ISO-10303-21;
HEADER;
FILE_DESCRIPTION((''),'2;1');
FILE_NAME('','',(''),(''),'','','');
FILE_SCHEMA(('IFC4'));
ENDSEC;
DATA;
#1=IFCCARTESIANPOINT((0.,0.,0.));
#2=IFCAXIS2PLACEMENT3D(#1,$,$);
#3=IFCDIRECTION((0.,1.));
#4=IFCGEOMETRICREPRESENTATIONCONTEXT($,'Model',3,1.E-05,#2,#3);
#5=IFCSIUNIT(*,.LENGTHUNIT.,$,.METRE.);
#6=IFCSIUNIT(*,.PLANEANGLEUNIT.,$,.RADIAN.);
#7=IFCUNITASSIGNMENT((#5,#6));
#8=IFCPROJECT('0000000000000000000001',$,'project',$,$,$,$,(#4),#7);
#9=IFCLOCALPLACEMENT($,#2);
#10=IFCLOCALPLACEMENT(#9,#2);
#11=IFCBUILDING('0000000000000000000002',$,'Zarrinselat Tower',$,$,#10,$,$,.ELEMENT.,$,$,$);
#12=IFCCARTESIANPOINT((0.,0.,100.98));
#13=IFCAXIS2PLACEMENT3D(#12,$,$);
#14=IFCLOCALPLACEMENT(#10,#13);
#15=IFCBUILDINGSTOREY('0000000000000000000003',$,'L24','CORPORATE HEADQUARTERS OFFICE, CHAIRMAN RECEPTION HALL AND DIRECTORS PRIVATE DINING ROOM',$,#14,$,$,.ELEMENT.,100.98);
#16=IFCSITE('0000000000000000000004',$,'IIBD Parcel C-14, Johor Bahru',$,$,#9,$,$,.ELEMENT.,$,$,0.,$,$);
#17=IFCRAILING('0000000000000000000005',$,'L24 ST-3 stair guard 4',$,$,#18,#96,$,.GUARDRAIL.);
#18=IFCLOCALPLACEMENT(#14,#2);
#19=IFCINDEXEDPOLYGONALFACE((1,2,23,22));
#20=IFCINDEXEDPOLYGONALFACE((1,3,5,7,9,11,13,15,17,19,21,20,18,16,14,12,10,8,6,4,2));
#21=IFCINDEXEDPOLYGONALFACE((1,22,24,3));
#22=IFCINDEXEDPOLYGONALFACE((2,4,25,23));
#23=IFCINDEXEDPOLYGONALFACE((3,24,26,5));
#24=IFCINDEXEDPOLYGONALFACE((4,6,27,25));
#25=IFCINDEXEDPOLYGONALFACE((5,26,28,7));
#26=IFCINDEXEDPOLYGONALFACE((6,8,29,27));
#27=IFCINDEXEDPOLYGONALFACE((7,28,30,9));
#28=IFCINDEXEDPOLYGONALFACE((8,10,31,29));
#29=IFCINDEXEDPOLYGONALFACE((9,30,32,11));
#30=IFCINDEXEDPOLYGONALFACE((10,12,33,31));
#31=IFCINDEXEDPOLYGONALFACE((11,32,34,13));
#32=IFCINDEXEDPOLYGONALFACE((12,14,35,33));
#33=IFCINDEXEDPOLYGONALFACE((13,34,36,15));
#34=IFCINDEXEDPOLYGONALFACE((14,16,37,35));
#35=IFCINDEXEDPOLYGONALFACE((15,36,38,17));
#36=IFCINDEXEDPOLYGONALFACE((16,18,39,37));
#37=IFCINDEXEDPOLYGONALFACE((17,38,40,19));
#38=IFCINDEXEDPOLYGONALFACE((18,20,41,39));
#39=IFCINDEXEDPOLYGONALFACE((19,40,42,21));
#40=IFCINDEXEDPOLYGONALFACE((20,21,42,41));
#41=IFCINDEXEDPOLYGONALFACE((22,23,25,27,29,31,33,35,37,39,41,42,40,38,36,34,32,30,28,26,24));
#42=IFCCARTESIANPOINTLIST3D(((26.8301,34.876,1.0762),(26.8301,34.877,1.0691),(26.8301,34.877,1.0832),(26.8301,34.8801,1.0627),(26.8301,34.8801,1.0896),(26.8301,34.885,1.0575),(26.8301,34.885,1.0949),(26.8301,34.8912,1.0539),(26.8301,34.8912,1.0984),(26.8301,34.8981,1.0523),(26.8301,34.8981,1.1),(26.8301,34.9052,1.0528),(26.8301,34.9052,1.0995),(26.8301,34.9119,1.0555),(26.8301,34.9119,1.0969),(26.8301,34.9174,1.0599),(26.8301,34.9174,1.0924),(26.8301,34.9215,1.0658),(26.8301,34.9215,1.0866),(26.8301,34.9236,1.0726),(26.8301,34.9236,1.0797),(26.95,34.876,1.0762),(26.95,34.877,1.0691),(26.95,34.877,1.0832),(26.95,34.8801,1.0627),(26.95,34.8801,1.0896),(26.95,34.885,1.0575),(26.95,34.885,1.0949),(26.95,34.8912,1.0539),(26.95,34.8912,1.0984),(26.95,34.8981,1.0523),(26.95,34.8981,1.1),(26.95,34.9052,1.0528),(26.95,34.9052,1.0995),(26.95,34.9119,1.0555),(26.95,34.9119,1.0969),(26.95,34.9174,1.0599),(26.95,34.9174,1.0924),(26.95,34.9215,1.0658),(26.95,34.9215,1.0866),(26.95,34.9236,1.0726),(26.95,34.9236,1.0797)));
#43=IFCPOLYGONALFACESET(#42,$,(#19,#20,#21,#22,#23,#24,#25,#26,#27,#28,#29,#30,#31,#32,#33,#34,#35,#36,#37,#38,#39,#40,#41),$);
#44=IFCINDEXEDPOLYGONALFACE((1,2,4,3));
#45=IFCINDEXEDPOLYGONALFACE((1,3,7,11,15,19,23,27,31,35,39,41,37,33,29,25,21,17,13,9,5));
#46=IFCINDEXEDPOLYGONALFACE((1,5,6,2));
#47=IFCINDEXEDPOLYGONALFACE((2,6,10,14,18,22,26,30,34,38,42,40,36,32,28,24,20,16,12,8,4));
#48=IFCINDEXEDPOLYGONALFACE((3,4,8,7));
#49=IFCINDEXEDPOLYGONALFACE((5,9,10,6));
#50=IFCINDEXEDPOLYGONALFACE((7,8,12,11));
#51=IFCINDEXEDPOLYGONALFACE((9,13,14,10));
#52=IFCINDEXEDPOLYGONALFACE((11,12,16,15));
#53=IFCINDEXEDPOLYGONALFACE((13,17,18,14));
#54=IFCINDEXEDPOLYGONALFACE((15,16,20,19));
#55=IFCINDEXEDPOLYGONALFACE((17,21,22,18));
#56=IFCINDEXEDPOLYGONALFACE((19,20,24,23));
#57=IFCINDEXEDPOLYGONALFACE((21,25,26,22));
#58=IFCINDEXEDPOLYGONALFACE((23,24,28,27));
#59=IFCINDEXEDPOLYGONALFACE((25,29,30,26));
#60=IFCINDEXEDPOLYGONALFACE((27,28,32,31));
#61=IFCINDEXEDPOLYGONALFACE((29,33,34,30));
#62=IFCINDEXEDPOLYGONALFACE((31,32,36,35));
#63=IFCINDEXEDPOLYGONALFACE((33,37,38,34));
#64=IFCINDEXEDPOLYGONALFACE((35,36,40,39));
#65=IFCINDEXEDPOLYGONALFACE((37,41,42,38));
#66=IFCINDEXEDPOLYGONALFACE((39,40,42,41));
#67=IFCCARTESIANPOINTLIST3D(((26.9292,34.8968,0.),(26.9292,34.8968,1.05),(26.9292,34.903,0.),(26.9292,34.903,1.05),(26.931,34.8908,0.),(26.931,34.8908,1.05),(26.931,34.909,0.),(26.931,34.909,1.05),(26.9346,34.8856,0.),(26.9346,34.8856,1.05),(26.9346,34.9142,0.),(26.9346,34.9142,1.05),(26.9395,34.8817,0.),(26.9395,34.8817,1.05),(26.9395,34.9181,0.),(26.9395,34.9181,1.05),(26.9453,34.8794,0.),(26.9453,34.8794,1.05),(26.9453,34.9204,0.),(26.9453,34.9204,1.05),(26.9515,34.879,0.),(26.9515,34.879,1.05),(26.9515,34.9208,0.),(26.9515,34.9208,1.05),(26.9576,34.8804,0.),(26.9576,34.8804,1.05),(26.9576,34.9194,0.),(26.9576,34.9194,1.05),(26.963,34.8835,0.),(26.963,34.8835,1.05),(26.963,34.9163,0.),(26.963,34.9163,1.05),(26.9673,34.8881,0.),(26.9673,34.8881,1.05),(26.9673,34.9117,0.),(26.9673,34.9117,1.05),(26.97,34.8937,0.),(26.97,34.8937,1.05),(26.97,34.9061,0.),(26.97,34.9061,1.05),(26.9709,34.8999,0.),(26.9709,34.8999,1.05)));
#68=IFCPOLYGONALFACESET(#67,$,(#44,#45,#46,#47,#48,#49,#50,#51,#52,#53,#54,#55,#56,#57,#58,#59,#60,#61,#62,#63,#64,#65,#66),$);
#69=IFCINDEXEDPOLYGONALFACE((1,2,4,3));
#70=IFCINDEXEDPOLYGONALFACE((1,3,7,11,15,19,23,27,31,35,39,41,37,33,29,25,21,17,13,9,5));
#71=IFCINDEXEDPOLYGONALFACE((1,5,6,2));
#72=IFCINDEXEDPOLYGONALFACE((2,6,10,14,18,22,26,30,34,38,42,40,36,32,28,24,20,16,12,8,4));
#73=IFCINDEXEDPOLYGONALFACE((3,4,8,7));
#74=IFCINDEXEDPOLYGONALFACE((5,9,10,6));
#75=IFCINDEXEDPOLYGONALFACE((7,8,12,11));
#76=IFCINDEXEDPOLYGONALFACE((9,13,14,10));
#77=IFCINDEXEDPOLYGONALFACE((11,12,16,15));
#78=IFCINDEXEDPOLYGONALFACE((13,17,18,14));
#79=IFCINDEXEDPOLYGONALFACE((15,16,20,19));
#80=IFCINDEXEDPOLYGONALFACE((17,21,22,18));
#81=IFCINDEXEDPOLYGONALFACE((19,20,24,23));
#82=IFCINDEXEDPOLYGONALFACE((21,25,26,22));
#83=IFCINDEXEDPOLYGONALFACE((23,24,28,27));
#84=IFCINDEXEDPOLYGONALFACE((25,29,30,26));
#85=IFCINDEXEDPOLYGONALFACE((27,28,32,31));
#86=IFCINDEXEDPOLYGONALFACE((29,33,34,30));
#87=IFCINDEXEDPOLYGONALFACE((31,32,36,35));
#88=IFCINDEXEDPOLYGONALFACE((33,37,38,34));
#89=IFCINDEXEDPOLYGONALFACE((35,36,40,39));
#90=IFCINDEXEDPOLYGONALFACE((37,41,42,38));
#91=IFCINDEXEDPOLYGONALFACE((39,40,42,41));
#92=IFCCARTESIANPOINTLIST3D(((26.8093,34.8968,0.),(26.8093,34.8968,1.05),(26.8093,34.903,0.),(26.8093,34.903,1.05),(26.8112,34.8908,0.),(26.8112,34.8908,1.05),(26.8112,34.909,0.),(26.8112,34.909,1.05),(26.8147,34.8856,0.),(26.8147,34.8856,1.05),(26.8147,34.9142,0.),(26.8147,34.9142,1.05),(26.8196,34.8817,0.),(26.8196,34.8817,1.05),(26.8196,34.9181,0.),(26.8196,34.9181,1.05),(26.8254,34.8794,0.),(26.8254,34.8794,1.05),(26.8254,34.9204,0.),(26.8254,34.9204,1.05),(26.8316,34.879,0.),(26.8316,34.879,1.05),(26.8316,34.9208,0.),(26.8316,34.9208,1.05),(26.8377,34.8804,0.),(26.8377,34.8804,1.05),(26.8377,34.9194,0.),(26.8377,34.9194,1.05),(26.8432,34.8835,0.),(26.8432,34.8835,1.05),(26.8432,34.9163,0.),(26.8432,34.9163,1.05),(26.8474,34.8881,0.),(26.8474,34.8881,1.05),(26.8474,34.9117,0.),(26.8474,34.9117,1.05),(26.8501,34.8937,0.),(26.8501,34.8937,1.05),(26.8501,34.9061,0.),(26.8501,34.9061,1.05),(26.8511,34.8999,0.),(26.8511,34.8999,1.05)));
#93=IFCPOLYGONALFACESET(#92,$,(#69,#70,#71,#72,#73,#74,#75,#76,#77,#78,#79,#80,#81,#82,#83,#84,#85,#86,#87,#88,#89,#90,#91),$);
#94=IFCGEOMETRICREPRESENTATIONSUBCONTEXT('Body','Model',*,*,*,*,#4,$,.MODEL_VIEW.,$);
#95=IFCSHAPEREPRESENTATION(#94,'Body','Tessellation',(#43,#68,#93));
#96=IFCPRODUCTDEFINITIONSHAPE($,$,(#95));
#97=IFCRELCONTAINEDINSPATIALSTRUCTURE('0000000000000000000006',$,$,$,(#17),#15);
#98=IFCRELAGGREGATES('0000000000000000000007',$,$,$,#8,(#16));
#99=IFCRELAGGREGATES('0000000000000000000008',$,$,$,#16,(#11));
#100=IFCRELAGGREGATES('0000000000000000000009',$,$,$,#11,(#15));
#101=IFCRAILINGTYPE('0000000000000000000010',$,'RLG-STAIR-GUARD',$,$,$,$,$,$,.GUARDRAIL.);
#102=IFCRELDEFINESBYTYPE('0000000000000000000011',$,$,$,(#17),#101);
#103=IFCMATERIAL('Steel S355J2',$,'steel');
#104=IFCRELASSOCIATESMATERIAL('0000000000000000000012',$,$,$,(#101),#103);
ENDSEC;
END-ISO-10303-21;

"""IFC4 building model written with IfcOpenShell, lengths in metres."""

from ifc_helpers import new_model, si_unit, direction, frame, origin, origin_2d, place, context, subcontext, project, spatial, circle, extrude, material, type_object, element, save


model = new_model("IFC4")

# Units and contexts
model_context = context("Model", 3, precision=1e-05, world=origin(), true_north=direction((0.0, 1.0)))
body_context = subcontext(model_context, "Body", "Model", "MODEL_VIEW")
ifc_project = project(units=[si_unit("LENGTHUNIT", "METRE"), si_unit("PLANEANGLEUNIT", "RADIAN")], contexts=[model_context])

# Site, building, storey
site_placement = place(None, origin())
site = spatial("IfcSite", under=ifc_project, at=site_placement, Name="IIBD Parcel C-14, Johor Bahru", CompositionType="ELEMENT", RefElevation=0.0)
building_placement = place(site_placement, origin())
building = spatial("IfcBuilding", under=site, at=building_placement, Name="Zarrinselat Tower", CompositionType="ELEMENT")
storey_placement = place(building_placement, frame((0.0, 0.0, 100.98)))
storey = spatial("IfcBuildingStorey", under=building, at=storey_placement, Name="L24", Description="CORPORATE HEADQUARTERS OFFICE, CHAIRMAN RECEPTION HALL AND DIRECTORS PRIVATE DINING ROOM", CompositionType="ELEMENT", Elevation=100.98)

# Railing
ifc_material_1 = material(Name="Steel S355J2", Category="steel")
railing_type_1 = type_object("IfcRailingType", Name="RLG-STAIR-GUARD", PredefinedType="GUARDRAIL", material=ifc_material_1)
railing_1_placement = place(storey_placement, frame((26.95, 34.8999, 0.0)))
element("IfcRailing", 1, at=railing_1_placement, inside=storey, type_object=railing_type_1, Name="L24 ST-3 stair guard 4", PredefinedType="GUARDRAIL", context=body_context, shape_type="SweptSolid", body=[
    extrude(circle(Radius=0.0239, at=origin_2d()), frame((0.0, 0.0, 1.0762), z_axis=(-1.0, 0.0, 0.0), x_axis=(0.0, -1.0, 0.0)), (0.0, 0.0, 1.0), 0.1199),
    extrude(circle(Radius=0.021, at=origin_2d()), origin(), (0.0, 0.0, 1.0), 1.05),
    extrude(circle(Radius=0.021, at=origin_2d()), frame((-0.1199, 0.0, 0.0)), (0.0, 0.0, 1.0), 1.05),
])

save(model, "model.ifc")
